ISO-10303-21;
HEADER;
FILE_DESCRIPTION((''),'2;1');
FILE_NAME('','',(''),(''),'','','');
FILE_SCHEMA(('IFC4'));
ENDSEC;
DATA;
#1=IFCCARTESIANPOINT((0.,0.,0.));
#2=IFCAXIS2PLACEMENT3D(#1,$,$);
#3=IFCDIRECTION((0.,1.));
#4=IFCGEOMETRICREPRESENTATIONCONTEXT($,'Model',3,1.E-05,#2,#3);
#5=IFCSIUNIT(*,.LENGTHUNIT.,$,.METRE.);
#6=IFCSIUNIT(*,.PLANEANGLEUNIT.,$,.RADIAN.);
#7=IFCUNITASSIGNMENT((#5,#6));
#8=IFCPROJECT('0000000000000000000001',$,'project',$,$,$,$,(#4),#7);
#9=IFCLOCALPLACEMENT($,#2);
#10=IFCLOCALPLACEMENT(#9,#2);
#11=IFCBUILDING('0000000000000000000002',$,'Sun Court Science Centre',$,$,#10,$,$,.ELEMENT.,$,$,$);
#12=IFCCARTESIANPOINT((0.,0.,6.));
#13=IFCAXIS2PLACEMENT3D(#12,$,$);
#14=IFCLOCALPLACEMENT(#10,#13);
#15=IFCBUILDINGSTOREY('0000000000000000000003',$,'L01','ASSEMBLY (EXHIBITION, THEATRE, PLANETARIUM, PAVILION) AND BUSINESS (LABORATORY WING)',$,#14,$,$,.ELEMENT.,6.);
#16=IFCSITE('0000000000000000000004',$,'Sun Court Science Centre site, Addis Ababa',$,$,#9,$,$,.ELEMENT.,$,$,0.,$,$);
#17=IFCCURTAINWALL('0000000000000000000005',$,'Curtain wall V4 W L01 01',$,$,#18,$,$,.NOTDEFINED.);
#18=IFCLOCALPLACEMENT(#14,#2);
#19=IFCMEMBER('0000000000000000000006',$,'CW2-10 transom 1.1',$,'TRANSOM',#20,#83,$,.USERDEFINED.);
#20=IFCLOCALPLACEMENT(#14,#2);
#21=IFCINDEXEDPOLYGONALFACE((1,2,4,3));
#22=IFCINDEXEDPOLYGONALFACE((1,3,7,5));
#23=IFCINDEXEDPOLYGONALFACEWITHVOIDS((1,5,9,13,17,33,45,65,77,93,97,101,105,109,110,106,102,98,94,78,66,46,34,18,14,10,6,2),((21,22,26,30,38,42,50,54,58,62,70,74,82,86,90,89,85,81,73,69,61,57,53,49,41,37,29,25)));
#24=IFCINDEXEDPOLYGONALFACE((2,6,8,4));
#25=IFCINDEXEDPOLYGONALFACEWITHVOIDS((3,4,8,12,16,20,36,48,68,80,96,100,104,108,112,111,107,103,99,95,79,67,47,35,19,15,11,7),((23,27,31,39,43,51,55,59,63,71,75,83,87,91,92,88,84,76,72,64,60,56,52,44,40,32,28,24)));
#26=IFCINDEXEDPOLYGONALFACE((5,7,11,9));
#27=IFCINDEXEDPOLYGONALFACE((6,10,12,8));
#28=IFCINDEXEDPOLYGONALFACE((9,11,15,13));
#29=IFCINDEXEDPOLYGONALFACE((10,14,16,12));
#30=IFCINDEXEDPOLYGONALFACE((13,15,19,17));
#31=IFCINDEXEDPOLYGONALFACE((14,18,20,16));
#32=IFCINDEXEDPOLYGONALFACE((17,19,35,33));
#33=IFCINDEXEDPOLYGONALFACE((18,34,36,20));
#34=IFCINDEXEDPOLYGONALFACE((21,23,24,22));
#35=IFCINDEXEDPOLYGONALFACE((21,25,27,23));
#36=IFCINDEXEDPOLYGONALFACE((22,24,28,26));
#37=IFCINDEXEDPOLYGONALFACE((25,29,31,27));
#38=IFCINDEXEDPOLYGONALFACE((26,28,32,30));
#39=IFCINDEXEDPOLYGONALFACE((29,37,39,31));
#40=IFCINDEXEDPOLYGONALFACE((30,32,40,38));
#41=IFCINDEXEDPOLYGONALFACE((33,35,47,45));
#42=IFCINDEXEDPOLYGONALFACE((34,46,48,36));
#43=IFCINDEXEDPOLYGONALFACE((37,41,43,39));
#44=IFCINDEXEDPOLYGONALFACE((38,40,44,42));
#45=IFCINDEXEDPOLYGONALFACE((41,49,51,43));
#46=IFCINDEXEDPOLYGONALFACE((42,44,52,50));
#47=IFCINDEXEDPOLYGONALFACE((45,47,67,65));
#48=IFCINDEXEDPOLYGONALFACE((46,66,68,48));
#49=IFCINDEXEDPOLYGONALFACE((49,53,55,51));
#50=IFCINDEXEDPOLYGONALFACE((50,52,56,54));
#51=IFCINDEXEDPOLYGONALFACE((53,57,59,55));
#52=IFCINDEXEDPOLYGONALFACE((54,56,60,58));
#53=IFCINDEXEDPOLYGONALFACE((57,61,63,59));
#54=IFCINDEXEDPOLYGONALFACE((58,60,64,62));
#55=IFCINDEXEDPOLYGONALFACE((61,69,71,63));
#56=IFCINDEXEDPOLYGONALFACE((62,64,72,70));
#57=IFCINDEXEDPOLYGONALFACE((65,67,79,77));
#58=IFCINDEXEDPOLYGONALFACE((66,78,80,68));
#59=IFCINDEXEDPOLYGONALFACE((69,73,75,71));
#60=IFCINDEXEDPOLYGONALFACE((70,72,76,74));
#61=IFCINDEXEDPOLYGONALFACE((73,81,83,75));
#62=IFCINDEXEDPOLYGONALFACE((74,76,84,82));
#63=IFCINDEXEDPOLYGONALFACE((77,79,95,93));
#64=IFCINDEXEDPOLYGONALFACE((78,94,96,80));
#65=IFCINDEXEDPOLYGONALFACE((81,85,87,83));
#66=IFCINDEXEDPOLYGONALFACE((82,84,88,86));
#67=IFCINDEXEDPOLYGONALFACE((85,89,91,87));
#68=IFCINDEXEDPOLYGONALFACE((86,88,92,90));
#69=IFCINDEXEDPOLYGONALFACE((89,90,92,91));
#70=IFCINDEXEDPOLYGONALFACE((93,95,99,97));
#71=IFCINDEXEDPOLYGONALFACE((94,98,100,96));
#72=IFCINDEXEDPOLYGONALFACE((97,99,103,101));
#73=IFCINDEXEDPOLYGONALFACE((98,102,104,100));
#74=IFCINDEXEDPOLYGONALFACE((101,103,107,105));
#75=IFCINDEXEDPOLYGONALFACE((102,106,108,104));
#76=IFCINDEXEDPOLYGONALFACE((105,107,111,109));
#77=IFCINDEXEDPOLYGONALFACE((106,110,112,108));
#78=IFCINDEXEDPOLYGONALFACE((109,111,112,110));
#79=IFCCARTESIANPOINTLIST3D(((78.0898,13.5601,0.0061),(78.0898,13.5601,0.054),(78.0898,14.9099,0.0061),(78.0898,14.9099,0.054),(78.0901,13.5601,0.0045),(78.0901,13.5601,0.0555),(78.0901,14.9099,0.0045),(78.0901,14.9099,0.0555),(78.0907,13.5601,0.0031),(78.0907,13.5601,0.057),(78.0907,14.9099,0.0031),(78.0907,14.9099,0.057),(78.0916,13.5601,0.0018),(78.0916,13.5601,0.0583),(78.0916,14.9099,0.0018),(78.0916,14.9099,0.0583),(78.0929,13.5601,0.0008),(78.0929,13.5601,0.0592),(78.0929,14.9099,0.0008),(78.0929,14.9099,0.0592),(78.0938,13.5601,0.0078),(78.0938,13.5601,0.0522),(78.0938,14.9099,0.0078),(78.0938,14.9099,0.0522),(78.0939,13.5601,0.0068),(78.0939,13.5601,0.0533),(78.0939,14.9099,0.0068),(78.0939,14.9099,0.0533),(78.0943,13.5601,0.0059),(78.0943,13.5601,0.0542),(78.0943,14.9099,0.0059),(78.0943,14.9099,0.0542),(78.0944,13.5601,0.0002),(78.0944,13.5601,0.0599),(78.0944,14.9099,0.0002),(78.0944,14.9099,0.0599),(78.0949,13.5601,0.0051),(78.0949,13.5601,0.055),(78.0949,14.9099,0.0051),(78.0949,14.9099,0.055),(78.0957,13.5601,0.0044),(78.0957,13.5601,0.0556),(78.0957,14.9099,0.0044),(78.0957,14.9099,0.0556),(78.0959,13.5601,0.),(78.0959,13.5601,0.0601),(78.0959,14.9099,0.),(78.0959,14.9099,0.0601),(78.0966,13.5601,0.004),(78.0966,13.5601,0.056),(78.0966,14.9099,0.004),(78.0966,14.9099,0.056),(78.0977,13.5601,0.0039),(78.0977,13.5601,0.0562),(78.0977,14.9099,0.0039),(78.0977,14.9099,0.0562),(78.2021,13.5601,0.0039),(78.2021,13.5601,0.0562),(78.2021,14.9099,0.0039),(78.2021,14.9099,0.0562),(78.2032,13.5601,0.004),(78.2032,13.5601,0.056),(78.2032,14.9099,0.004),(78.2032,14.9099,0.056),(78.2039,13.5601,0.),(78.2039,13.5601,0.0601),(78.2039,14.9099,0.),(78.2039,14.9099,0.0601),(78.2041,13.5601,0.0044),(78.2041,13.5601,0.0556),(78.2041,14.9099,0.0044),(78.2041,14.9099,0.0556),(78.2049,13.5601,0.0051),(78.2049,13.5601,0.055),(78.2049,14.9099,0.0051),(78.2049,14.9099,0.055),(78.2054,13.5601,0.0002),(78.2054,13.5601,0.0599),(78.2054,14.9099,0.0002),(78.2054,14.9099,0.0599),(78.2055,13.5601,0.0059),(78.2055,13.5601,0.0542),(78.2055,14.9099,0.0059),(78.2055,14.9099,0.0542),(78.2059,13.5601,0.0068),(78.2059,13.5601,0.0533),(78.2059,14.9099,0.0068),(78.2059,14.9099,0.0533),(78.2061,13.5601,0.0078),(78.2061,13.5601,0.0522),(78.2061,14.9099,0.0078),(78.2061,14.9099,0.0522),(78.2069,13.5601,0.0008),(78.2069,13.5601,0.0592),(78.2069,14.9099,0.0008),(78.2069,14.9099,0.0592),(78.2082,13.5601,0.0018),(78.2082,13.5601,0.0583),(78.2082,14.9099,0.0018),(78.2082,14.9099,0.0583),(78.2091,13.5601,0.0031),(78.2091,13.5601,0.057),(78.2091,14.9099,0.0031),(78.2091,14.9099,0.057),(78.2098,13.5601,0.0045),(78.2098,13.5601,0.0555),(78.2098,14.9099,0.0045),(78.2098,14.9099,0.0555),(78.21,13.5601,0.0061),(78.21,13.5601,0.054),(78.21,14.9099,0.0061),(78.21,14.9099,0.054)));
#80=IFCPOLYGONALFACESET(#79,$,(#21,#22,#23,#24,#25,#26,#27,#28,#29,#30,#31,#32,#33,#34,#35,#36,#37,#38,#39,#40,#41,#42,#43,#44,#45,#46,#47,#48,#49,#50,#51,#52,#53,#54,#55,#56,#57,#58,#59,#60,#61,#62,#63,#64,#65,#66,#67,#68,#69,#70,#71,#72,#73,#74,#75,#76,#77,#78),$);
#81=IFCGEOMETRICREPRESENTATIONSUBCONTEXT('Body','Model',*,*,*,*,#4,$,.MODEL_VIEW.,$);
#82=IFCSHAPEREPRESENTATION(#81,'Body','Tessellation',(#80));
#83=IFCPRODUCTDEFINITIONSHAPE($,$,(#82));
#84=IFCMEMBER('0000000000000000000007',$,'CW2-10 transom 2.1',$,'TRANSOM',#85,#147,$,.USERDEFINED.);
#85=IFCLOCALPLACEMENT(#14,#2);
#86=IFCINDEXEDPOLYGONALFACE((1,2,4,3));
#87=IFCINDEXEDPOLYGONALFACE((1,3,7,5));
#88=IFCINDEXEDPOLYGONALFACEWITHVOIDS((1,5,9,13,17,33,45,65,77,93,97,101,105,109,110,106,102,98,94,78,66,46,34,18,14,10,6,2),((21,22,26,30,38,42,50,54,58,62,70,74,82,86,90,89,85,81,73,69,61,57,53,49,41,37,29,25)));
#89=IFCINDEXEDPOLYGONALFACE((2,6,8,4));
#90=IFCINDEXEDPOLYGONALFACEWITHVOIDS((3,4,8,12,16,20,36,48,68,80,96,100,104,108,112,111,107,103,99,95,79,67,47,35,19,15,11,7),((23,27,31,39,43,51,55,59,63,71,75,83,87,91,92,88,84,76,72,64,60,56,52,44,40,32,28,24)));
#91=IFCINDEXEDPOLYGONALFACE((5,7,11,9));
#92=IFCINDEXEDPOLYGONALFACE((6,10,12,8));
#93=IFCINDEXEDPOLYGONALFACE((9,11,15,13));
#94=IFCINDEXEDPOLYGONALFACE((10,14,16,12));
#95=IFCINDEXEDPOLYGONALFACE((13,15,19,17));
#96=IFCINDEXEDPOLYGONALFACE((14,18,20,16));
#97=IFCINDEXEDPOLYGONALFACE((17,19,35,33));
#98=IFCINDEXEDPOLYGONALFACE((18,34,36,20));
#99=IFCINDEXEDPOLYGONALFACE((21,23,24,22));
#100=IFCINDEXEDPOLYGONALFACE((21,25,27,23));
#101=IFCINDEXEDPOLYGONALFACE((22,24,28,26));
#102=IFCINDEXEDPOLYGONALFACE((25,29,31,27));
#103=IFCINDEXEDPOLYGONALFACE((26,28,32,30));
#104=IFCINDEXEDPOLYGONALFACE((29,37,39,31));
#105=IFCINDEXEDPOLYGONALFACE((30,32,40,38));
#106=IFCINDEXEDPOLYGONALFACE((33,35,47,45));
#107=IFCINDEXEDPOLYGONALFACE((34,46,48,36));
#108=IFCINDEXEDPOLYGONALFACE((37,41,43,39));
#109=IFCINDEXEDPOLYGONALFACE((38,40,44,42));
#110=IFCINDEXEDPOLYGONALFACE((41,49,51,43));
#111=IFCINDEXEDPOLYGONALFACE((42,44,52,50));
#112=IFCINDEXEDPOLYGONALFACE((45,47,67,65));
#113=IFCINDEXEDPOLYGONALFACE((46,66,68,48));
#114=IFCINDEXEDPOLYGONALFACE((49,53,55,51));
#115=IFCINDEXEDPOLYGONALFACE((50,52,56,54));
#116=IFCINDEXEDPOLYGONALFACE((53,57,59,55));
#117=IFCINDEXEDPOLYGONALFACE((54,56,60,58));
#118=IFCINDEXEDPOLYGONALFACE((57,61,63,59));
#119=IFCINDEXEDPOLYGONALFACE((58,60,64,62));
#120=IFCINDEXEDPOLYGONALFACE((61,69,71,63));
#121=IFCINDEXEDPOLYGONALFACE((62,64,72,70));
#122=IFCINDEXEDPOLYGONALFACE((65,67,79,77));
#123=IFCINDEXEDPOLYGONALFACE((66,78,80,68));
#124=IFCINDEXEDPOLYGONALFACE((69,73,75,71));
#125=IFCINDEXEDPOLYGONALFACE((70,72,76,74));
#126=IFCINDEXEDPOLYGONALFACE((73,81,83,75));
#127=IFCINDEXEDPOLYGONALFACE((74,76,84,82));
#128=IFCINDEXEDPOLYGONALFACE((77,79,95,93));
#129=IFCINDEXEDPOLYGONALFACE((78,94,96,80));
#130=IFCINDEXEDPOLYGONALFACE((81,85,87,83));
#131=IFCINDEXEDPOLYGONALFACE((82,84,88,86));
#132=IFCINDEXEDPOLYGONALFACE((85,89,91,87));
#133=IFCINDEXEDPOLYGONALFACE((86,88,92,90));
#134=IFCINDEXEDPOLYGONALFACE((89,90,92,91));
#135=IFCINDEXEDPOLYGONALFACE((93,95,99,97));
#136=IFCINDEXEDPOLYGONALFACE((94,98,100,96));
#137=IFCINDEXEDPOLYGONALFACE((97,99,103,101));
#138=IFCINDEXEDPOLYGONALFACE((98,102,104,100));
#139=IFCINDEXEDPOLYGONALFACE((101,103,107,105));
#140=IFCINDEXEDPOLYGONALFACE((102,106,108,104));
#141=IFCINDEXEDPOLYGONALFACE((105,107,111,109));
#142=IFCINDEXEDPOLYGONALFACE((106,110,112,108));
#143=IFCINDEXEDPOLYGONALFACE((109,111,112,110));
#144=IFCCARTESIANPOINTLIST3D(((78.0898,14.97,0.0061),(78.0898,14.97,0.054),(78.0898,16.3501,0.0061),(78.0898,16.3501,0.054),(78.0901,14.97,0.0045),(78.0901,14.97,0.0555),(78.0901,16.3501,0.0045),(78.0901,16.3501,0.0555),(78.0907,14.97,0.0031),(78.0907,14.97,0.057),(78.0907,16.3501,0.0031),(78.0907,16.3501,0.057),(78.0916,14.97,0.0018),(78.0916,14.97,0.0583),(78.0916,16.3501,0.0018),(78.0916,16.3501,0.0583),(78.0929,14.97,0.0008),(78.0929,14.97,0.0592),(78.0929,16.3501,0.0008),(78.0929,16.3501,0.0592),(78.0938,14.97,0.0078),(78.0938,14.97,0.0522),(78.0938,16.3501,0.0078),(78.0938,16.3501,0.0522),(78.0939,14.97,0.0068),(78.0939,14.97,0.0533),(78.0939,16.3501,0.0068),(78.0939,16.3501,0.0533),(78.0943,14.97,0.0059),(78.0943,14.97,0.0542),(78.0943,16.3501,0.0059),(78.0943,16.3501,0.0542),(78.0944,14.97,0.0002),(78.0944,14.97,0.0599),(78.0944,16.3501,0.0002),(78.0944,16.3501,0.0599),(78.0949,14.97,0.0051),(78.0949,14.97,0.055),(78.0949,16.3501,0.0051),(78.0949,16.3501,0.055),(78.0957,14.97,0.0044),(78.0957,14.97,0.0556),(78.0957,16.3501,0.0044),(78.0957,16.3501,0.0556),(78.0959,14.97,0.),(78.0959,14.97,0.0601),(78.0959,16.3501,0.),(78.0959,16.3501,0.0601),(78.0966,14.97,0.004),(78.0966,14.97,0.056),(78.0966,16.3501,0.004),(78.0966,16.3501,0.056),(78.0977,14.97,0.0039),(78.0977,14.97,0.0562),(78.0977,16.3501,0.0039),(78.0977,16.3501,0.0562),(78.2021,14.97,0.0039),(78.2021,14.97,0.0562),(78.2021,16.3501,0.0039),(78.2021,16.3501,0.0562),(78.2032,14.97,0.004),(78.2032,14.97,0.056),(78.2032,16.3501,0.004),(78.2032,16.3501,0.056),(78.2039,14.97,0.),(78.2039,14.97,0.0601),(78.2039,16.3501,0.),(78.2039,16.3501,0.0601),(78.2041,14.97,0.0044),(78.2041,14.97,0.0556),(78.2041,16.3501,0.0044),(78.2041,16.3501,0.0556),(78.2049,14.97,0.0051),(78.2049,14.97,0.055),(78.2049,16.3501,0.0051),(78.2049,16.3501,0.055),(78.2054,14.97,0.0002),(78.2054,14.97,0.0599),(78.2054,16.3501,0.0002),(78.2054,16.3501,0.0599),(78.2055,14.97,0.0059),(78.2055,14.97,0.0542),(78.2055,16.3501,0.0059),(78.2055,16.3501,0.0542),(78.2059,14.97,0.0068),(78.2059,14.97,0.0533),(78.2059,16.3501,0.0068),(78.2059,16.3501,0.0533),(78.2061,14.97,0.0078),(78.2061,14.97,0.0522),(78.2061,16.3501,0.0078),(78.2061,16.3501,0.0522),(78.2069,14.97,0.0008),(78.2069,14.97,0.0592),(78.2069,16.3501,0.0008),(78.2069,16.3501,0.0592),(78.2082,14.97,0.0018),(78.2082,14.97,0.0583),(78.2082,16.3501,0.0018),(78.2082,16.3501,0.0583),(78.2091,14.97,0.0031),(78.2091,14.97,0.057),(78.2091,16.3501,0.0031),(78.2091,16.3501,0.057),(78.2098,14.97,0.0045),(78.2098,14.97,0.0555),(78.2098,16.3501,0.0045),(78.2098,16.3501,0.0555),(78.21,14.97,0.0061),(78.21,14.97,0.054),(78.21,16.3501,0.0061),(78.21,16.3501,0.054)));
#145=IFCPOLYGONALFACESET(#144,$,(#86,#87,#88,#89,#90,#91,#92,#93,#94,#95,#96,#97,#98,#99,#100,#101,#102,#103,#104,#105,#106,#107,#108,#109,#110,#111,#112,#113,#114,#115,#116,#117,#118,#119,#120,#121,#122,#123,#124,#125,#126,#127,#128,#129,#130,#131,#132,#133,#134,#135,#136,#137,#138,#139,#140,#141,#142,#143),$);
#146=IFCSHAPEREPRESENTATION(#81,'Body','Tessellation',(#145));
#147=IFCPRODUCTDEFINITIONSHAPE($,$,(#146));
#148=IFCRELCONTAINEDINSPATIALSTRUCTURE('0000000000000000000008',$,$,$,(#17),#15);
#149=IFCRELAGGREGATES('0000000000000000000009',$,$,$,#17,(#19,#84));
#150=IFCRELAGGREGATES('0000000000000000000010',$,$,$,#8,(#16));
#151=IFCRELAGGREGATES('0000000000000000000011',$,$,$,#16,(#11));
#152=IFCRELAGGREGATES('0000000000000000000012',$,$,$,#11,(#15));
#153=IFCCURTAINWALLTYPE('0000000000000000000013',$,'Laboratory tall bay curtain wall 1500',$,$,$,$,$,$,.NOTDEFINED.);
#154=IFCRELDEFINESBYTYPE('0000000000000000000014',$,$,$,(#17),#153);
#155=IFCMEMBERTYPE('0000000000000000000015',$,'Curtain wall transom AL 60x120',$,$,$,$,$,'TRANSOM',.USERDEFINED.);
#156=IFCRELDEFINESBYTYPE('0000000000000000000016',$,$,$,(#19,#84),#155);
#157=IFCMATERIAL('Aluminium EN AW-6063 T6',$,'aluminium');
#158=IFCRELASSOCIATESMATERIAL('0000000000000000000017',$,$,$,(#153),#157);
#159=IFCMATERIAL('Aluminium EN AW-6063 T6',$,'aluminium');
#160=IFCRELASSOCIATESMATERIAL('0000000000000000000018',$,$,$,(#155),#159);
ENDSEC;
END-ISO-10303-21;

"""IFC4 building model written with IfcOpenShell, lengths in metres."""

from ifc_helpers import new_model, si_unit, direction, frame, origin, origin_2d, place, context, subcontext, project, spatial, hollow_rectangle, extrude, material, material_profile, profile_set, type_object, element, aggregate, save


model = new_model("IFC4")

# Units and contexts
model_context = context("Model", 3, precision=1e-05, world=origin(), true_north=direction((0.0, 1.0)))
body_context = subcontext(model_context, "Body", "Model", "MODEL_VIEW")
ifc_project = project(units=[si_unit("LENGTHUNIT", "METRE"), si_unit("PLANEANGLEUNIT", "RADIAN")], contexts=[model_context])

# Site, building, storey
site_placement = place(None, origin())
site = spatial("IfcSite", under=ifc_project, at=site_placement, Name="Sun Court Science Centre site, Addis Ababa", CompositionType="ELEMENT", RefElevation=0.0)
building_placement = place(site_placement, origin())
building = spatial("IfcBuilding", under=site, at=building_placement, Name="Sun Court Science Centre", CompositionType="ELEMENT")
storey_placement = place(building_placement, frame((0.0, 0.0, 6.0)))
storey = spatial("IfcBuildingStorey", under=building, at=storey_placement, Name="L01", Description="ASSEMBLY (EXHIBITION, THEATRE, PLANETARIUM, PAVILION) AND BUSINESS (LABORATORY WING)", CompositionType="ELEMENT", Elevation=6.0)

# Curtain wall, members
ifc_material_1 = material(Name="Aluminium EN AW-6063 T6", Category="aluminium")
curtain_wall_type = type_object("IfcCurtainWallType", Name="Laboratory tall bay curtain wall 1500", PredefinedType="NOTDEFINED", material=ifc_material_1)
curtain_wall_placement = place(storey_placement, origin())
curtain_wall = element("IfcCurtainWall", 1, at=curtain_wall_placement, inside=storey, type_object=curtain_wall_type, Name="Curtain wall V4 W L01 01", PredefinedType="NOTDEFINED")
ifc_material_2 = material(Name="Aluminium EN AW-6063 T6", Category="aluminium")
ifc_material_profile_1 = material_profile(ifc_material_2, hollow_rectangle(XDim=0.0601, YDim=0.1201, WallThickness=0.0039, InnerFilletRadius=0.0039, OuterFilletRadius=0.0061, at=origin_2d()), Name="AL 60x120x4")
ifc_profile_set_1 = profile_set([ifc_material_profile_1], Name="Aluminium EN AW-6063 T6")
member_type_1 = type_object("IfcMemberType", Name="Curtain wall transom AL 60x120", ElementType="TRANSOM", PredefinedType="USERDEFINED", material=ifc_profile_set_1)
member_1_placement = place(storey_placement, frame((78.1499, 13.5601, 0.03), z_axis=(0.0, 1.0, 0.0), x_axis=(0.0, 0.0, 1.0)))
member_1 = element("IfcMember", 2, at=member_1_placement, type_object=member_type_1, Name="CW2-10 transom 1.1", ObjectType="TRANSOM", PredefinedType="USERDEFINED", context=body_context, shape_type="SweptSolid", body=[
    extrude(hollow_rectangle(XDim=0.0601, YDim=0.1201, WallThickness=0.0039, InnerFilletRadius=0.0039, OuterFilletRadius=0.0061, at=origin_2d()), origin(), (0.0, 0.0, 1.0), 1.3499),
])
member_2_placement = place(storey_placement, frame((78.1499, 14.97, 0.03), z_axis=(0.0, 1.0, 0.0), x_axis=(0.0, 0.0, 1.0)))
member_2 = element("IfcMember", 3, at=member_2_placement, type_object=member_type_1, Name="CW2-10 transom 2.1", ObjectType="TRANSOM", PredefinedType="USERDEFINED", context=body_context, shape_type="SweptSolid", body=[
    extrude(hollow_rectangle(XDim=0.0601, YDim=0.1201, WallThickness=0.0039, InnerFilletRadius=0.0039, OuterFilletRadius=0.0061, at=origin_2d()), origin(), (0.0, 0.0, 1.0), 1.3801),
])

aggregate(curtain_wall, [member_1, member_2])

save(model, "model.ifc")
